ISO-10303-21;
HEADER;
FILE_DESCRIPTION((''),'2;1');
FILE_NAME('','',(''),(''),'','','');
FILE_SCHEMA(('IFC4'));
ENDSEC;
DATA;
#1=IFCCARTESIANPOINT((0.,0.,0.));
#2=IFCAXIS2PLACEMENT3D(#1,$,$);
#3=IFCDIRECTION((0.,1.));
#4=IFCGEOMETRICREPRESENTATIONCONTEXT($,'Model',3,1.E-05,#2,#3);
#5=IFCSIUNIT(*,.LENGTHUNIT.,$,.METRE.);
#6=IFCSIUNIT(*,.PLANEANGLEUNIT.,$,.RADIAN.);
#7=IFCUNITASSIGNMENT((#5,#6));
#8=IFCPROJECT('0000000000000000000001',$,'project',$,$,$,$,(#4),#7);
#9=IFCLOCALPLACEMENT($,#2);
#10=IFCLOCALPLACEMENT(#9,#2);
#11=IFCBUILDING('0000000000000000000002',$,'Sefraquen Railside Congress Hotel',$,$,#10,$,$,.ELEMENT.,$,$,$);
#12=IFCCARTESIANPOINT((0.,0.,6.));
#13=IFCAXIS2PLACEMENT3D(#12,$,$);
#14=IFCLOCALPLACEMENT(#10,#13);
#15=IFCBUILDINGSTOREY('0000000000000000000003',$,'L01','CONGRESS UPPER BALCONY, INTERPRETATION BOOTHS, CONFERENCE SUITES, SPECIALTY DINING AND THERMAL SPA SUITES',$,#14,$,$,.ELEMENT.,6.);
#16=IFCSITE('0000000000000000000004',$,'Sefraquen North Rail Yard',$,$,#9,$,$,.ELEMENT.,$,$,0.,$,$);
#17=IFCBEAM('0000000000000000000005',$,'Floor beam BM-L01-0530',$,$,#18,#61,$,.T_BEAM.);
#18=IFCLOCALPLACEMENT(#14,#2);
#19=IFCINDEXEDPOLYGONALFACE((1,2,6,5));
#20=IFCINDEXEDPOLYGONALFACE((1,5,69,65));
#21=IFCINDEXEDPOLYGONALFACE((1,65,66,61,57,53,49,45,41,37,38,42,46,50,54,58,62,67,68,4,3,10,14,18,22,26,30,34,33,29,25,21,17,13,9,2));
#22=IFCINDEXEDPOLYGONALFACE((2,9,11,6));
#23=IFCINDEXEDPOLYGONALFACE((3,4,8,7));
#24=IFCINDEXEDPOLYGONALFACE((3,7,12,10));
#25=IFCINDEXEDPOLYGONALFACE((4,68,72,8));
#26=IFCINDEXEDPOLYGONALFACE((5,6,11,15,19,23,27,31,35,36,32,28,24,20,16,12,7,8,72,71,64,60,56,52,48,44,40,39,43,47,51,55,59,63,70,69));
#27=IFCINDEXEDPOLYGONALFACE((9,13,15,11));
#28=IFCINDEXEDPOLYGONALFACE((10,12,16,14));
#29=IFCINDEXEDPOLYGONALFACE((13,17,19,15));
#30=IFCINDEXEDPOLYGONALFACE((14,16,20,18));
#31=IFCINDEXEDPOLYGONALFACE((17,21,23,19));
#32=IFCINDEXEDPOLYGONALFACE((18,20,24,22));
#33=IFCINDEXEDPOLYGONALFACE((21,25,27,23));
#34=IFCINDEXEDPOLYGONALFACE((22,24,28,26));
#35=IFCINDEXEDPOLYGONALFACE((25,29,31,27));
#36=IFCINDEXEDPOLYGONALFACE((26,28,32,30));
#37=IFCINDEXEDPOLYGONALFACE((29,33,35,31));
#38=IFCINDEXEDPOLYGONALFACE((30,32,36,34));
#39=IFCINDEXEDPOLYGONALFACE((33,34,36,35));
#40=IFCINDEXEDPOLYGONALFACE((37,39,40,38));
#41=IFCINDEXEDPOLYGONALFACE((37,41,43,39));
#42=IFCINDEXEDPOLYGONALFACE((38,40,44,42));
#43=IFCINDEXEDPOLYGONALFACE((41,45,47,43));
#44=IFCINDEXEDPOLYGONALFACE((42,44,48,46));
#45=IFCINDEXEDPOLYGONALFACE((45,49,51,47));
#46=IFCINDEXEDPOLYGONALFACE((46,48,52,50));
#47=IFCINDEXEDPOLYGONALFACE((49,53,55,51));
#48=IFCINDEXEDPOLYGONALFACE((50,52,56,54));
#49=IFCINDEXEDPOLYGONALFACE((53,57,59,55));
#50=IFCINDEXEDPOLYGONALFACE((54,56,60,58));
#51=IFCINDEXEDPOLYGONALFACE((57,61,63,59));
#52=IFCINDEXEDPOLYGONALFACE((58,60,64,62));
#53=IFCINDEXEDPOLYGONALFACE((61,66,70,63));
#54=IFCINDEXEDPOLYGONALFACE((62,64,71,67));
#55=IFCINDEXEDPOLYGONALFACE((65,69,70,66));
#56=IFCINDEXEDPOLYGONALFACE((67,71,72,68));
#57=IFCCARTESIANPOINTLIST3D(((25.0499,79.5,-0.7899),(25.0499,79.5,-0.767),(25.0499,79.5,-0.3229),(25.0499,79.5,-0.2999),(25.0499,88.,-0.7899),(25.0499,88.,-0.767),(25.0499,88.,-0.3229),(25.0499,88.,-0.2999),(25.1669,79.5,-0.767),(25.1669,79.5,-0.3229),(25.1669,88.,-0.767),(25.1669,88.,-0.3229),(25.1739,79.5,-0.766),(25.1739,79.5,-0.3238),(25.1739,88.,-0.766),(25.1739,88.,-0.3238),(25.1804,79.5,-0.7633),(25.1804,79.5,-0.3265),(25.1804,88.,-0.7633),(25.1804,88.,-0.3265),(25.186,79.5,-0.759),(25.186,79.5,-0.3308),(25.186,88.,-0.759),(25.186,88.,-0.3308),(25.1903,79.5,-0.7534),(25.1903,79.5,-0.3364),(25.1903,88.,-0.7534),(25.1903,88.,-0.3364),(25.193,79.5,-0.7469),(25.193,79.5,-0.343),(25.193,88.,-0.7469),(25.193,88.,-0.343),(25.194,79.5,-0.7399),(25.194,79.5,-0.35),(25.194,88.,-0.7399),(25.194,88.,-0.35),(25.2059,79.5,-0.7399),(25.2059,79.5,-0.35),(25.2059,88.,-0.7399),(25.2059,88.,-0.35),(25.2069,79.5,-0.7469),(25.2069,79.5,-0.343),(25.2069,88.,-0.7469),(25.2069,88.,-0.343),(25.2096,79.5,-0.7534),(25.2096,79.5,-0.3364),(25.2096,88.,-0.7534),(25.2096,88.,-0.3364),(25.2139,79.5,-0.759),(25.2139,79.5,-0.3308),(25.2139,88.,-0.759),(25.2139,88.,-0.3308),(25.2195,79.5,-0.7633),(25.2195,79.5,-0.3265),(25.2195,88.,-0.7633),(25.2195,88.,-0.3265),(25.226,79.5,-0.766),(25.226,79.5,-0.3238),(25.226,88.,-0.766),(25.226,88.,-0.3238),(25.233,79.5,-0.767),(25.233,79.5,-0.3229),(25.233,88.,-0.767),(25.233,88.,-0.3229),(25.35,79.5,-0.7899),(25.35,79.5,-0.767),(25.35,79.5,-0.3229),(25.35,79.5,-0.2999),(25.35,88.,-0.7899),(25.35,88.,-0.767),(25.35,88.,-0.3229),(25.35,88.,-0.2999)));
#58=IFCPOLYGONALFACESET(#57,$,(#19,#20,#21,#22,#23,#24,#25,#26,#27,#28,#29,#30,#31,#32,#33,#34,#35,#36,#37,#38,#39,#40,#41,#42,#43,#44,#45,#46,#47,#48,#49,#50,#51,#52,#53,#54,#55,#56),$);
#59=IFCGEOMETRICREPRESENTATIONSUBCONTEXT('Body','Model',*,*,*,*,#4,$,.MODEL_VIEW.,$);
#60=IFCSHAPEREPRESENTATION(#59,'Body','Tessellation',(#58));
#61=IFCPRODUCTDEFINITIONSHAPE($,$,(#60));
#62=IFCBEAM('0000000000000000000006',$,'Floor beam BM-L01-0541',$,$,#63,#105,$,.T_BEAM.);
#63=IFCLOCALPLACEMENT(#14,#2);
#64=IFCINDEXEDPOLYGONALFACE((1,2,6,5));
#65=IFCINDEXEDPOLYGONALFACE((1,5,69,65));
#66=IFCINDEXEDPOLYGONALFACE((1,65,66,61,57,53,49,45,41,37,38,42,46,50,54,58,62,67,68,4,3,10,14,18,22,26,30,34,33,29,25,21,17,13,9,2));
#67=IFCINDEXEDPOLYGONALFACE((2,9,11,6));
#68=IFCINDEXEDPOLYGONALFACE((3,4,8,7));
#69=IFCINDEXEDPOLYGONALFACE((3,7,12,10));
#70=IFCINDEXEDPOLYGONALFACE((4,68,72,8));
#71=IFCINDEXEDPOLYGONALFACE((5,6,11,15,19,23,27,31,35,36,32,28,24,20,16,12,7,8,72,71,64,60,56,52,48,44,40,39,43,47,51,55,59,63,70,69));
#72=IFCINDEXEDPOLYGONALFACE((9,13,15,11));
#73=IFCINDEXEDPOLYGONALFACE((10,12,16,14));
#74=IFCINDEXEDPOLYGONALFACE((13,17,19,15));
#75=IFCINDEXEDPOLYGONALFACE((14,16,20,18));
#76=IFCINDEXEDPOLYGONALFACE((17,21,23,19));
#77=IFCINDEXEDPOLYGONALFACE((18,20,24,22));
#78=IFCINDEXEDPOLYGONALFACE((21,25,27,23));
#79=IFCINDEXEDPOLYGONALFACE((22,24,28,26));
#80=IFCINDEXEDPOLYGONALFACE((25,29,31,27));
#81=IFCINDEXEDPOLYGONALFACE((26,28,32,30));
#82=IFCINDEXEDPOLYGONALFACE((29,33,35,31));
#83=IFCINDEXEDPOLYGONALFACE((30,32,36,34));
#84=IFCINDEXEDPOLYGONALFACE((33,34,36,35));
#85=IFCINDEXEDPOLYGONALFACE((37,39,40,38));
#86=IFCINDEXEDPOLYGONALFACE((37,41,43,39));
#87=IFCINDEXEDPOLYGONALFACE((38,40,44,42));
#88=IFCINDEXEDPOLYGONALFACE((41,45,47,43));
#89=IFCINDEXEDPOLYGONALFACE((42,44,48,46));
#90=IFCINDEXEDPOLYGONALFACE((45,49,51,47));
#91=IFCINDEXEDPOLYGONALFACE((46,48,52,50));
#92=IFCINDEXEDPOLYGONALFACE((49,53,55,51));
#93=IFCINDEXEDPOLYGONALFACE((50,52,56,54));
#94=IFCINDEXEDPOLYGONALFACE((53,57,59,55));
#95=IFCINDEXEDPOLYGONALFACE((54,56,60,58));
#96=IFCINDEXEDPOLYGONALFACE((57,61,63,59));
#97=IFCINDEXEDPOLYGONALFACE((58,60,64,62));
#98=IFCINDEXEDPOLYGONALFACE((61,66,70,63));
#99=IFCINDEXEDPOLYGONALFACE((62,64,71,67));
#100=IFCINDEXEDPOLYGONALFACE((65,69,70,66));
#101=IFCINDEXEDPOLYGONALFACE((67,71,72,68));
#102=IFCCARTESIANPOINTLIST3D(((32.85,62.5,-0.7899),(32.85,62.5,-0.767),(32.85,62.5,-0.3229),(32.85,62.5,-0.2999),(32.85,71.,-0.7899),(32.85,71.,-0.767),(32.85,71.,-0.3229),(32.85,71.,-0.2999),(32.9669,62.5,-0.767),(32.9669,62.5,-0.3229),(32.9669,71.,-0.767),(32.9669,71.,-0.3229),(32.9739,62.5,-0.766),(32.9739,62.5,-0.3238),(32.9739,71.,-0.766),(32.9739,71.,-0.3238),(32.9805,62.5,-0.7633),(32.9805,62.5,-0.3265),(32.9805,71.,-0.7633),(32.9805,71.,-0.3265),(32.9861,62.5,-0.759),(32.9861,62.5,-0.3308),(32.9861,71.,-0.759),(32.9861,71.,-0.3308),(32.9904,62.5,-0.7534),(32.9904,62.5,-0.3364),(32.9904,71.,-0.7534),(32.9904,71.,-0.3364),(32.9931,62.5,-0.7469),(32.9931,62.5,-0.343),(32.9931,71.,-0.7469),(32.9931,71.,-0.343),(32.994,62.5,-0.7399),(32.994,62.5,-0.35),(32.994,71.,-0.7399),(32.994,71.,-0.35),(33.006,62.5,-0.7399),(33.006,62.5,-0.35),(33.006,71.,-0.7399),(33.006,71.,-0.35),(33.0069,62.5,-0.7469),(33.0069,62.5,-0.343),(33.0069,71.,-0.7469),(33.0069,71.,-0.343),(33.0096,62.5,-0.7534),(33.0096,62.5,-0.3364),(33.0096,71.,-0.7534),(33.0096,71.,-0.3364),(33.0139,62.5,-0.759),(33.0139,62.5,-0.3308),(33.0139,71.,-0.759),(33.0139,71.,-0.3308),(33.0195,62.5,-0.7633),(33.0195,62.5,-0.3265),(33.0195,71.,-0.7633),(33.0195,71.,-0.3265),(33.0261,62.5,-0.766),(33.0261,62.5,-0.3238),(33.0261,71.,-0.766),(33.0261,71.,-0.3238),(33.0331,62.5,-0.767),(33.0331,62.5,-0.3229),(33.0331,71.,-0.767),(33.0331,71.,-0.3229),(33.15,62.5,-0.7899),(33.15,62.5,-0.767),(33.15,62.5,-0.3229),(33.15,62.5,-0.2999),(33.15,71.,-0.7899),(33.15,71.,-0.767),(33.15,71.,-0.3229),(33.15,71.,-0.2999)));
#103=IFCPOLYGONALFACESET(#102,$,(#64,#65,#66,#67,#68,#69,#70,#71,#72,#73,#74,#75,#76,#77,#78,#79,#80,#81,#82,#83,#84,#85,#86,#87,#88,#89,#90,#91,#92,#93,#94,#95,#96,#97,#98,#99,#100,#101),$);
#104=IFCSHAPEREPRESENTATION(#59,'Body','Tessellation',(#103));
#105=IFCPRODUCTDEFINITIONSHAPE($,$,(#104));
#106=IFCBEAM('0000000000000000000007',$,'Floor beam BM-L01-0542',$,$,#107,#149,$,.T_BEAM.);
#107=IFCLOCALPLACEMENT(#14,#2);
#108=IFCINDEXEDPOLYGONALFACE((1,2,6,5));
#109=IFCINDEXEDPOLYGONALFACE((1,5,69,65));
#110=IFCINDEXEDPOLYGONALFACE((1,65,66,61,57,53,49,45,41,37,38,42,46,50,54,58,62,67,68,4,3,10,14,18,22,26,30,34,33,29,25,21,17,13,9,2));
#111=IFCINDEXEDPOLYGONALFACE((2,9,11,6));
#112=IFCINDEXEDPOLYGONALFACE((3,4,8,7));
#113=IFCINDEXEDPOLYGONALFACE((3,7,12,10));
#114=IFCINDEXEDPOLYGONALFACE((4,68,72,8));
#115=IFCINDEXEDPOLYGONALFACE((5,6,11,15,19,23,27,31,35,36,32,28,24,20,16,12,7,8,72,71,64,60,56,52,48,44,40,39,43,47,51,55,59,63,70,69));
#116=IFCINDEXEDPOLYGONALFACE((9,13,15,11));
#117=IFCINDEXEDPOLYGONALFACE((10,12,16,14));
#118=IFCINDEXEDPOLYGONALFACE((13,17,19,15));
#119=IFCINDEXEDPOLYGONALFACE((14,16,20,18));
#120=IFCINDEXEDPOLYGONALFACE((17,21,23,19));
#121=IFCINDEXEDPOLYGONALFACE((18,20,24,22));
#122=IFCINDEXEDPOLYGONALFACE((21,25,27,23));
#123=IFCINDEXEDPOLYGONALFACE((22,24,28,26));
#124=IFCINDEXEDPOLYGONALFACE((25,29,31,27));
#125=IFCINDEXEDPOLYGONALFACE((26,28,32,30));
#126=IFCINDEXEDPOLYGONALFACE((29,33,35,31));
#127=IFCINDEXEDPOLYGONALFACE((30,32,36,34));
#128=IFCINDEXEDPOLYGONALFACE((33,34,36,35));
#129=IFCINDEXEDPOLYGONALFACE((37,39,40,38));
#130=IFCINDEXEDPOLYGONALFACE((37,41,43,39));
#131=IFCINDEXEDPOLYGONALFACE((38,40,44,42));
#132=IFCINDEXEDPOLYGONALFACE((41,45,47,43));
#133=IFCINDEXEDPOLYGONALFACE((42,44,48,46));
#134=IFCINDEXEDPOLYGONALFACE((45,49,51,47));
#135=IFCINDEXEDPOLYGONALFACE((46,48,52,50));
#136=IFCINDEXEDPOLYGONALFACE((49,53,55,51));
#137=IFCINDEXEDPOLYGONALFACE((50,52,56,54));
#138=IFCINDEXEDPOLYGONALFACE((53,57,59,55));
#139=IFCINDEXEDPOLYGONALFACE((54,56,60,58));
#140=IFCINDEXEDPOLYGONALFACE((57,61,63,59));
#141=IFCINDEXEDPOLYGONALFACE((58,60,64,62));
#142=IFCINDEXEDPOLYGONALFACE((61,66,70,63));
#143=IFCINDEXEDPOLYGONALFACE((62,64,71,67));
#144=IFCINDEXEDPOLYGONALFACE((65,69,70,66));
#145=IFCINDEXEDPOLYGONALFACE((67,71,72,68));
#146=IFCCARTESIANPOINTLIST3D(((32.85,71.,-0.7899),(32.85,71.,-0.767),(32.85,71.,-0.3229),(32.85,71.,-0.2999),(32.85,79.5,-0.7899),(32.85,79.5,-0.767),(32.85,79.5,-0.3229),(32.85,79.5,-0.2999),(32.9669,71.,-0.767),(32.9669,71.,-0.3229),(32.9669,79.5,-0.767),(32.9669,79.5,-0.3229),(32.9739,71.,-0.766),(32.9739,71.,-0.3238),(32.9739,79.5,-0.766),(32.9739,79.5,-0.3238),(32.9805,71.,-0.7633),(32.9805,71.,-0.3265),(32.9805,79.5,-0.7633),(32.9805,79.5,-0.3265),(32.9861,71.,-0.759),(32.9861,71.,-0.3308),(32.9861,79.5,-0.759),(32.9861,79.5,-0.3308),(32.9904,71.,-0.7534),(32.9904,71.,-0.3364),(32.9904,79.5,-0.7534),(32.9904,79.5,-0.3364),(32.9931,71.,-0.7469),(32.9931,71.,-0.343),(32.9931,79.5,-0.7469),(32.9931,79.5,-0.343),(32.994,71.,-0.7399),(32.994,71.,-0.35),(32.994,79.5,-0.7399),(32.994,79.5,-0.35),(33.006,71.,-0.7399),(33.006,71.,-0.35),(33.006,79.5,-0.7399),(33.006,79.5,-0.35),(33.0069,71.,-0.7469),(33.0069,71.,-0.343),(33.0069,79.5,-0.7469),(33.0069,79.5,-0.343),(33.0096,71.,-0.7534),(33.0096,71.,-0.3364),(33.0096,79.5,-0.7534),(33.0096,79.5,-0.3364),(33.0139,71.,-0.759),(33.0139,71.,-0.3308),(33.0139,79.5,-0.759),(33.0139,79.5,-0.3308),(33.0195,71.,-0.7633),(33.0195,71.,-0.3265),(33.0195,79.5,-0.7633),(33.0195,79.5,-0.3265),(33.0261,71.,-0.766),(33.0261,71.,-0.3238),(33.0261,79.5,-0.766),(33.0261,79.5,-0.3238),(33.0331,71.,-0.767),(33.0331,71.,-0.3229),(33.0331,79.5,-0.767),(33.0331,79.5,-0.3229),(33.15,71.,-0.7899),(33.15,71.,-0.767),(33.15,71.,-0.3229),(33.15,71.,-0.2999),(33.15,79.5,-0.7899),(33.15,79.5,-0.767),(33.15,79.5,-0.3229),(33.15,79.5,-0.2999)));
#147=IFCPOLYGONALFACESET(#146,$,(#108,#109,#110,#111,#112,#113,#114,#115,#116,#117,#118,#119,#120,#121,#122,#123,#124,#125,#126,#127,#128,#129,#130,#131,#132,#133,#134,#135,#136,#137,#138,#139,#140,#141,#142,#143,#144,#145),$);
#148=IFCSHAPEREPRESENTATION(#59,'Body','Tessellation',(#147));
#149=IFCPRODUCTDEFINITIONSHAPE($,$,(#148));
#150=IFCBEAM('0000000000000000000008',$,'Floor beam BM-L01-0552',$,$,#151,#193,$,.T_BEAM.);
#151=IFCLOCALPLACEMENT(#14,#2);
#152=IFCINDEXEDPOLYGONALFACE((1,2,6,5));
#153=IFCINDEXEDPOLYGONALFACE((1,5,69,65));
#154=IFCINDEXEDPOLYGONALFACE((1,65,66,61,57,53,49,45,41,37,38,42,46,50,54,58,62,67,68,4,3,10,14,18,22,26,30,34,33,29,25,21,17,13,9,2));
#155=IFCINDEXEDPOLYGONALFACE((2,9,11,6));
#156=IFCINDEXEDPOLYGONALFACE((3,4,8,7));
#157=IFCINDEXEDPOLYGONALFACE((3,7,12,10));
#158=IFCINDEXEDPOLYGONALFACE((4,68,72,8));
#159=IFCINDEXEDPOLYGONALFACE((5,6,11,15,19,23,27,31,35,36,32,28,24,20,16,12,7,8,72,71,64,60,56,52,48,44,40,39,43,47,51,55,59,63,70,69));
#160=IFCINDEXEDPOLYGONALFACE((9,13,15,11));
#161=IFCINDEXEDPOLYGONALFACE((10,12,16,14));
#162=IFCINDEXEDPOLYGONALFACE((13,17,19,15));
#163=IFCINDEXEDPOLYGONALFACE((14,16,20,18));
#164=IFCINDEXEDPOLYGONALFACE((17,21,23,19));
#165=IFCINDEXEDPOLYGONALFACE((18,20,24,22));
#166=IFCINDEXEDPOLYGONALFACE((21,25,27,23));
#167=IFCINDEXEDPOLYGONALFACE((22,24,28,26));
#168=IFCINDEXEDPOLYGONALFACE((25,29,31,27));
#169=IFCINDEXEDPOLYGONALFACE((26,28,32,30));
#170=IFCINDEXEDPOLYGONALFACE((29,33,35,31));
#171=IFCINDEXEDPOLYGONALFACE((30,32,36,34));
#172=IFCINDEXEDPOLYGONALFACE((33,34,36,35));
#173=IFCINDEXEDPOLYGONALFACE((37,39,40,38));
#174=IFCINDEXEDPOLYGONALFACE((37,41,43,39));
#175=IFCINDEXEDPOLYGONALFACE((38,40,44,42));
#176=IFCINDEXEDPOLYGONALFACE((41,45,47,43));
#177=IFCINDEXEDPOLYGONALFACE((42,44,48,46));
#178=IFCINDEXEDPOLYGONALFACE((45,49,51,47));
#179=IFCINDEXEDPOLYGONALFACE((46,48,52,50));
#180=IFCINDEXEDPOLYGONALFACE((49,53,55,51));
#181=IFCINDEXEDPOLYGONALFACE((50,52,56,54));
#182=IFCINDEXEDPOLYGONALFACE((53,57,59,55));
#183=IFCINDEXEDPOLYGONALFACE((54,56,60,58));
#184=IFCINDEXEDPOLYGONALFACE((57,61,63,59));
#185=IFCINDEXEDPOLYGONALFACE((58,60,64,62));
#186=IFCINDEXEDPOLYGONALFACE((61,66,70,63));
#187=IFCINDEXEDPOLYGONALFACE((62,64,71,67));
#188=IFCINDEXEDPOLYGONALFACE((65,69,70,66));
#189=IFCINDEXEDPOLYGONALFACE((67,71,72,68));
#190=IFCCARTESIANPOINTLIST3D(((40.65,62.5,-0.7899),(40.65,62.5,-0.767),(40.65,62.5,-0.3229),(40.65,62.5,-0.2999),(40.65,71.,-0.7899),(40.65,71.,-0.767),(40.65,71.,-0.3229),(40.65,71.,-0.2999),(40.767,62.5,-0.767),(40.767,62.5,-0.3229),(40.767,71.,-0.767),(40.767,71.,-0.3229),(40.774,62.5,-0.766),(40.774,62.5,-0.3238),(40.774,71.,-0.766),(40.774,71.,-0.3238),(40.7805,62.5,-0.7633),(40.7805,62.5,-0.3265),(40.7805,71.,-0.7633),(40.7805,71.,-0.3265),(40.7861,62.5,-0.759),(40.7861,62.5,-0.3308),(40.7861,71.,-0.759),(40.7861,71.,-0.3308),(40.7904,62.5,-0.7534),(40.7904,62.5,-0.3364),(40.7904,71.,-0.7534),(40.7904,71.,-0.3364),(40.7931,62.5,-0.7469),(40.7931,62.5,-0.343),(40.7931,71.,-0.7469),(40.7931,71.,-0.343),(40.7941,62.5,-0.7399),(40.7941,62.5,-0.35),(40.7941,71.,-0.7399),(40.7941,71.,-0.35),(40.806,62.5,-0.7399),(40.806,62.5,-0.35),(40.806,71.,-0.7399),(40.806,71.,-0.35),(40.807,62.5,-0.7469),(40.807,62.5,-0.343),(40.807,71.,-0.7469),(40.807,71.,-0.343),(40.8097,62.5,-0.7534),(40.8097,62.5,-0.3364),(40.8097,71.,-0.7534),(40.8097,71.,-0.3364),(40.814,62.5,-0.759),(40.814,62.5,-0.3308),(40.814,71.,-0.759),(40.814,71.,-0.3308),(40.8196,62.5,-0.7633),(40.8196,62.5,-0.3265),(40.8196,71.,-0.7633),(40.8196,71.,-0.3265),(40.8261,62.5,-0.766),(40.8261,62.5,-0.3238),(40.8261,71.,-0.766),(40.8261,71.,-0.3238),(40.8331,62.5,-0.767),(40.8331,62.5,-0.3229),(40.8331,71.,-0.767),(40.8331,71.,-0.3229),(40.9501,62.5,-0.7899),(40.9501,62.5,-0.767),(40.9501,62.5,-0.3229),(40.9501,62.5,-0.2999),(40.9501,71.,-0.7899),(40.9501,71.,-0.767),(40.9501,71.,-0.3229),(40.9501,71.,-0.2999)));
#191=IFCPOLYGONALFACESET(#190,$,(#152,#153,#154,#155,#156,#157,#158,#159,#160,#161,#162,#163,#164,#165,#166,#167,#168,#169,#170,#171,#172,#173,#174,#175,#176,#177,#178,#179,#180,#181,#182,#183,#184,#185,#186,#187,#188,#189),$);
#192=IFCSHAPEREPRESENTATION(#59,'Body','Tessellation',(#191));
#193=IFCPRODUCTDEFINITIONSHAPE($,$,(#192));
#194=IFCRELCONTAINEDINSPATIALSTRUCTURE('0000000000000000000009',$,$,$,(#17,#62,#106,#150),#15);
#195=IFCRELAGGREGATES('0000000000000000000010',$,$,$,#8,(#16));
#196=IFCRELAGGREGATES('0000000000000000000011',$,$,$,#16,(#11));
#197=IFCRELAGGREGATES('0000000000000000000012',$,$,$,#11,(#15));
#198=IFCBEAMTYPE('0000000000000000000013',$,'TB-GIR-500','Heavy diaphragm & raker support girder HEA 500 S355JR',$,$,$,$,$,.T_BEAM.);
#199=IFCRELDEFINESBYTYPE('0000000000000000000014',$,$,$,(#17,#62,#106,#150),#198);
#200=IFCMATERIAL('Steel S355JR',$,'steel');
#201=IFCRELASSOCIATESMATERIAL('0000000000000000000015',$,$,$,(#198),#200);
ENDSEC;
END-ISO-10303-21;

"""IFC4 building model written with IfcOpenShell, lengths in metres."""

from ifc_helpers import new_model, si_unit, direction, frame, origin, origin_2d, place, context, subcontext, project, spatial, i_section, extrude, material, material_profile, profile_set, type_object, element, save


model = new_model("IFC4")

# Units and contexts
model_context = context("Model", 3, precision=1e-05, world=origin(), true_north=direction((0.0, 1.0)))
body_context = subcontext(model_context, "Body", "Model", "MODEL_VIEW")
ifc_project = project(units=[si_unit("LENGTHUNIT", "METRE"), si_unit("PLANEANGLEUNIT", "RADIAN")], contexts=[model_context])

# Site, building, storey
site_placement = place(None, origin())
site = spatial("IfcSite", under=ifc_project, at=site_placement, Name="Sefraquen North Rail Yard", CompositionType="ELEMENT", RefElevation=0.0)
building_placement = place(site_placement, origin())
building = spatial("IfcBuilding", under=site, at=building_placement, Name="Sefraquen Railside Congress Hotel", CompositionType="ELEMENT")
storey_placement = place(building_placement, frame((0.0, 0.0, 6.0)))
storey = spatial("IfcBuildingStorey", under=building, at=storey_placement, Name="L01", Description="CONGRESS UPPER BALCONY, INTERPRETATION BOOTHS, CONFERENCE SUITES, SPECIALTY DINING AND THERMAL SPA SUITES", CompositionType="ELEMENT", Elevation=6.0)

# Shared definitions
ifc_material_1 = material(Name="Steel S355JR", Category="steel")

# Beams
ifc_material_profile_1 = material_profile(ifc_material_1, i_section(OverallWidth=0.3, OverallDepth=0.49, WebThickness=0.012, FlangeThickness=0.0229, FilletRadius=0.0271, at=origin_2d()), Name="HEA 500")
ifc_profile_set_1 = profile_set([ifc_material_profile_1], Name="Steel S355JR")
beam_type_1 = type_object("IfcBeamType", Name="TB-GIR-500", Description="Heavy diaphragm & raker support girder HEA 500 S355JR", PredefinedType="T_BEAM", material=ifc_profile_set_1)
for number, where, z_axis, x_axis, name in (
    (1, (25.2, 79.5, -0.5449), (0.0, 1.0, 0.0), (-1.0, 0.0, 0.0), "Floor beam BM-L01-0530"),
    (2, (33.0, 62.5, -0.5449), (0.0, 1.0, 0.0), (-1.0, 0.0, 0.0), "Floor beam BM-L01-0541"),
    (3, (33.0, 71.0, -0.5449), (0.0, 1.0, 0.0), (-1.0, 0.0, 0.0), "Floor beam BM-L01-0542"),
    (4, (40.8, 62.5, -0.5449), (0.0, 1.0, 0.0), (-1.0, 0.0, 0.0), "Floor beam BM-L01-0552"),
):
    element("IfcBeam", number, at=place(storey_placement, frame(where, z_axis=z_axis, x_axis=x_axis)), inside=storey, type_object=beam_type_1, Name=name, PredefinedType="T_BEAM", context=body_context, shape_type="SweptSolid", body=[
        extrude(i_section(OverallWidth=0.3, OverallDepth=0.49, WebThickness=0.012, FlangeThickness=0.0229, FilletRadius=0.0271, at=origin_2d()), origin(), (0.0, 0.0, 1.0), 8.5),
    ])

save(model, "model.ifc")
